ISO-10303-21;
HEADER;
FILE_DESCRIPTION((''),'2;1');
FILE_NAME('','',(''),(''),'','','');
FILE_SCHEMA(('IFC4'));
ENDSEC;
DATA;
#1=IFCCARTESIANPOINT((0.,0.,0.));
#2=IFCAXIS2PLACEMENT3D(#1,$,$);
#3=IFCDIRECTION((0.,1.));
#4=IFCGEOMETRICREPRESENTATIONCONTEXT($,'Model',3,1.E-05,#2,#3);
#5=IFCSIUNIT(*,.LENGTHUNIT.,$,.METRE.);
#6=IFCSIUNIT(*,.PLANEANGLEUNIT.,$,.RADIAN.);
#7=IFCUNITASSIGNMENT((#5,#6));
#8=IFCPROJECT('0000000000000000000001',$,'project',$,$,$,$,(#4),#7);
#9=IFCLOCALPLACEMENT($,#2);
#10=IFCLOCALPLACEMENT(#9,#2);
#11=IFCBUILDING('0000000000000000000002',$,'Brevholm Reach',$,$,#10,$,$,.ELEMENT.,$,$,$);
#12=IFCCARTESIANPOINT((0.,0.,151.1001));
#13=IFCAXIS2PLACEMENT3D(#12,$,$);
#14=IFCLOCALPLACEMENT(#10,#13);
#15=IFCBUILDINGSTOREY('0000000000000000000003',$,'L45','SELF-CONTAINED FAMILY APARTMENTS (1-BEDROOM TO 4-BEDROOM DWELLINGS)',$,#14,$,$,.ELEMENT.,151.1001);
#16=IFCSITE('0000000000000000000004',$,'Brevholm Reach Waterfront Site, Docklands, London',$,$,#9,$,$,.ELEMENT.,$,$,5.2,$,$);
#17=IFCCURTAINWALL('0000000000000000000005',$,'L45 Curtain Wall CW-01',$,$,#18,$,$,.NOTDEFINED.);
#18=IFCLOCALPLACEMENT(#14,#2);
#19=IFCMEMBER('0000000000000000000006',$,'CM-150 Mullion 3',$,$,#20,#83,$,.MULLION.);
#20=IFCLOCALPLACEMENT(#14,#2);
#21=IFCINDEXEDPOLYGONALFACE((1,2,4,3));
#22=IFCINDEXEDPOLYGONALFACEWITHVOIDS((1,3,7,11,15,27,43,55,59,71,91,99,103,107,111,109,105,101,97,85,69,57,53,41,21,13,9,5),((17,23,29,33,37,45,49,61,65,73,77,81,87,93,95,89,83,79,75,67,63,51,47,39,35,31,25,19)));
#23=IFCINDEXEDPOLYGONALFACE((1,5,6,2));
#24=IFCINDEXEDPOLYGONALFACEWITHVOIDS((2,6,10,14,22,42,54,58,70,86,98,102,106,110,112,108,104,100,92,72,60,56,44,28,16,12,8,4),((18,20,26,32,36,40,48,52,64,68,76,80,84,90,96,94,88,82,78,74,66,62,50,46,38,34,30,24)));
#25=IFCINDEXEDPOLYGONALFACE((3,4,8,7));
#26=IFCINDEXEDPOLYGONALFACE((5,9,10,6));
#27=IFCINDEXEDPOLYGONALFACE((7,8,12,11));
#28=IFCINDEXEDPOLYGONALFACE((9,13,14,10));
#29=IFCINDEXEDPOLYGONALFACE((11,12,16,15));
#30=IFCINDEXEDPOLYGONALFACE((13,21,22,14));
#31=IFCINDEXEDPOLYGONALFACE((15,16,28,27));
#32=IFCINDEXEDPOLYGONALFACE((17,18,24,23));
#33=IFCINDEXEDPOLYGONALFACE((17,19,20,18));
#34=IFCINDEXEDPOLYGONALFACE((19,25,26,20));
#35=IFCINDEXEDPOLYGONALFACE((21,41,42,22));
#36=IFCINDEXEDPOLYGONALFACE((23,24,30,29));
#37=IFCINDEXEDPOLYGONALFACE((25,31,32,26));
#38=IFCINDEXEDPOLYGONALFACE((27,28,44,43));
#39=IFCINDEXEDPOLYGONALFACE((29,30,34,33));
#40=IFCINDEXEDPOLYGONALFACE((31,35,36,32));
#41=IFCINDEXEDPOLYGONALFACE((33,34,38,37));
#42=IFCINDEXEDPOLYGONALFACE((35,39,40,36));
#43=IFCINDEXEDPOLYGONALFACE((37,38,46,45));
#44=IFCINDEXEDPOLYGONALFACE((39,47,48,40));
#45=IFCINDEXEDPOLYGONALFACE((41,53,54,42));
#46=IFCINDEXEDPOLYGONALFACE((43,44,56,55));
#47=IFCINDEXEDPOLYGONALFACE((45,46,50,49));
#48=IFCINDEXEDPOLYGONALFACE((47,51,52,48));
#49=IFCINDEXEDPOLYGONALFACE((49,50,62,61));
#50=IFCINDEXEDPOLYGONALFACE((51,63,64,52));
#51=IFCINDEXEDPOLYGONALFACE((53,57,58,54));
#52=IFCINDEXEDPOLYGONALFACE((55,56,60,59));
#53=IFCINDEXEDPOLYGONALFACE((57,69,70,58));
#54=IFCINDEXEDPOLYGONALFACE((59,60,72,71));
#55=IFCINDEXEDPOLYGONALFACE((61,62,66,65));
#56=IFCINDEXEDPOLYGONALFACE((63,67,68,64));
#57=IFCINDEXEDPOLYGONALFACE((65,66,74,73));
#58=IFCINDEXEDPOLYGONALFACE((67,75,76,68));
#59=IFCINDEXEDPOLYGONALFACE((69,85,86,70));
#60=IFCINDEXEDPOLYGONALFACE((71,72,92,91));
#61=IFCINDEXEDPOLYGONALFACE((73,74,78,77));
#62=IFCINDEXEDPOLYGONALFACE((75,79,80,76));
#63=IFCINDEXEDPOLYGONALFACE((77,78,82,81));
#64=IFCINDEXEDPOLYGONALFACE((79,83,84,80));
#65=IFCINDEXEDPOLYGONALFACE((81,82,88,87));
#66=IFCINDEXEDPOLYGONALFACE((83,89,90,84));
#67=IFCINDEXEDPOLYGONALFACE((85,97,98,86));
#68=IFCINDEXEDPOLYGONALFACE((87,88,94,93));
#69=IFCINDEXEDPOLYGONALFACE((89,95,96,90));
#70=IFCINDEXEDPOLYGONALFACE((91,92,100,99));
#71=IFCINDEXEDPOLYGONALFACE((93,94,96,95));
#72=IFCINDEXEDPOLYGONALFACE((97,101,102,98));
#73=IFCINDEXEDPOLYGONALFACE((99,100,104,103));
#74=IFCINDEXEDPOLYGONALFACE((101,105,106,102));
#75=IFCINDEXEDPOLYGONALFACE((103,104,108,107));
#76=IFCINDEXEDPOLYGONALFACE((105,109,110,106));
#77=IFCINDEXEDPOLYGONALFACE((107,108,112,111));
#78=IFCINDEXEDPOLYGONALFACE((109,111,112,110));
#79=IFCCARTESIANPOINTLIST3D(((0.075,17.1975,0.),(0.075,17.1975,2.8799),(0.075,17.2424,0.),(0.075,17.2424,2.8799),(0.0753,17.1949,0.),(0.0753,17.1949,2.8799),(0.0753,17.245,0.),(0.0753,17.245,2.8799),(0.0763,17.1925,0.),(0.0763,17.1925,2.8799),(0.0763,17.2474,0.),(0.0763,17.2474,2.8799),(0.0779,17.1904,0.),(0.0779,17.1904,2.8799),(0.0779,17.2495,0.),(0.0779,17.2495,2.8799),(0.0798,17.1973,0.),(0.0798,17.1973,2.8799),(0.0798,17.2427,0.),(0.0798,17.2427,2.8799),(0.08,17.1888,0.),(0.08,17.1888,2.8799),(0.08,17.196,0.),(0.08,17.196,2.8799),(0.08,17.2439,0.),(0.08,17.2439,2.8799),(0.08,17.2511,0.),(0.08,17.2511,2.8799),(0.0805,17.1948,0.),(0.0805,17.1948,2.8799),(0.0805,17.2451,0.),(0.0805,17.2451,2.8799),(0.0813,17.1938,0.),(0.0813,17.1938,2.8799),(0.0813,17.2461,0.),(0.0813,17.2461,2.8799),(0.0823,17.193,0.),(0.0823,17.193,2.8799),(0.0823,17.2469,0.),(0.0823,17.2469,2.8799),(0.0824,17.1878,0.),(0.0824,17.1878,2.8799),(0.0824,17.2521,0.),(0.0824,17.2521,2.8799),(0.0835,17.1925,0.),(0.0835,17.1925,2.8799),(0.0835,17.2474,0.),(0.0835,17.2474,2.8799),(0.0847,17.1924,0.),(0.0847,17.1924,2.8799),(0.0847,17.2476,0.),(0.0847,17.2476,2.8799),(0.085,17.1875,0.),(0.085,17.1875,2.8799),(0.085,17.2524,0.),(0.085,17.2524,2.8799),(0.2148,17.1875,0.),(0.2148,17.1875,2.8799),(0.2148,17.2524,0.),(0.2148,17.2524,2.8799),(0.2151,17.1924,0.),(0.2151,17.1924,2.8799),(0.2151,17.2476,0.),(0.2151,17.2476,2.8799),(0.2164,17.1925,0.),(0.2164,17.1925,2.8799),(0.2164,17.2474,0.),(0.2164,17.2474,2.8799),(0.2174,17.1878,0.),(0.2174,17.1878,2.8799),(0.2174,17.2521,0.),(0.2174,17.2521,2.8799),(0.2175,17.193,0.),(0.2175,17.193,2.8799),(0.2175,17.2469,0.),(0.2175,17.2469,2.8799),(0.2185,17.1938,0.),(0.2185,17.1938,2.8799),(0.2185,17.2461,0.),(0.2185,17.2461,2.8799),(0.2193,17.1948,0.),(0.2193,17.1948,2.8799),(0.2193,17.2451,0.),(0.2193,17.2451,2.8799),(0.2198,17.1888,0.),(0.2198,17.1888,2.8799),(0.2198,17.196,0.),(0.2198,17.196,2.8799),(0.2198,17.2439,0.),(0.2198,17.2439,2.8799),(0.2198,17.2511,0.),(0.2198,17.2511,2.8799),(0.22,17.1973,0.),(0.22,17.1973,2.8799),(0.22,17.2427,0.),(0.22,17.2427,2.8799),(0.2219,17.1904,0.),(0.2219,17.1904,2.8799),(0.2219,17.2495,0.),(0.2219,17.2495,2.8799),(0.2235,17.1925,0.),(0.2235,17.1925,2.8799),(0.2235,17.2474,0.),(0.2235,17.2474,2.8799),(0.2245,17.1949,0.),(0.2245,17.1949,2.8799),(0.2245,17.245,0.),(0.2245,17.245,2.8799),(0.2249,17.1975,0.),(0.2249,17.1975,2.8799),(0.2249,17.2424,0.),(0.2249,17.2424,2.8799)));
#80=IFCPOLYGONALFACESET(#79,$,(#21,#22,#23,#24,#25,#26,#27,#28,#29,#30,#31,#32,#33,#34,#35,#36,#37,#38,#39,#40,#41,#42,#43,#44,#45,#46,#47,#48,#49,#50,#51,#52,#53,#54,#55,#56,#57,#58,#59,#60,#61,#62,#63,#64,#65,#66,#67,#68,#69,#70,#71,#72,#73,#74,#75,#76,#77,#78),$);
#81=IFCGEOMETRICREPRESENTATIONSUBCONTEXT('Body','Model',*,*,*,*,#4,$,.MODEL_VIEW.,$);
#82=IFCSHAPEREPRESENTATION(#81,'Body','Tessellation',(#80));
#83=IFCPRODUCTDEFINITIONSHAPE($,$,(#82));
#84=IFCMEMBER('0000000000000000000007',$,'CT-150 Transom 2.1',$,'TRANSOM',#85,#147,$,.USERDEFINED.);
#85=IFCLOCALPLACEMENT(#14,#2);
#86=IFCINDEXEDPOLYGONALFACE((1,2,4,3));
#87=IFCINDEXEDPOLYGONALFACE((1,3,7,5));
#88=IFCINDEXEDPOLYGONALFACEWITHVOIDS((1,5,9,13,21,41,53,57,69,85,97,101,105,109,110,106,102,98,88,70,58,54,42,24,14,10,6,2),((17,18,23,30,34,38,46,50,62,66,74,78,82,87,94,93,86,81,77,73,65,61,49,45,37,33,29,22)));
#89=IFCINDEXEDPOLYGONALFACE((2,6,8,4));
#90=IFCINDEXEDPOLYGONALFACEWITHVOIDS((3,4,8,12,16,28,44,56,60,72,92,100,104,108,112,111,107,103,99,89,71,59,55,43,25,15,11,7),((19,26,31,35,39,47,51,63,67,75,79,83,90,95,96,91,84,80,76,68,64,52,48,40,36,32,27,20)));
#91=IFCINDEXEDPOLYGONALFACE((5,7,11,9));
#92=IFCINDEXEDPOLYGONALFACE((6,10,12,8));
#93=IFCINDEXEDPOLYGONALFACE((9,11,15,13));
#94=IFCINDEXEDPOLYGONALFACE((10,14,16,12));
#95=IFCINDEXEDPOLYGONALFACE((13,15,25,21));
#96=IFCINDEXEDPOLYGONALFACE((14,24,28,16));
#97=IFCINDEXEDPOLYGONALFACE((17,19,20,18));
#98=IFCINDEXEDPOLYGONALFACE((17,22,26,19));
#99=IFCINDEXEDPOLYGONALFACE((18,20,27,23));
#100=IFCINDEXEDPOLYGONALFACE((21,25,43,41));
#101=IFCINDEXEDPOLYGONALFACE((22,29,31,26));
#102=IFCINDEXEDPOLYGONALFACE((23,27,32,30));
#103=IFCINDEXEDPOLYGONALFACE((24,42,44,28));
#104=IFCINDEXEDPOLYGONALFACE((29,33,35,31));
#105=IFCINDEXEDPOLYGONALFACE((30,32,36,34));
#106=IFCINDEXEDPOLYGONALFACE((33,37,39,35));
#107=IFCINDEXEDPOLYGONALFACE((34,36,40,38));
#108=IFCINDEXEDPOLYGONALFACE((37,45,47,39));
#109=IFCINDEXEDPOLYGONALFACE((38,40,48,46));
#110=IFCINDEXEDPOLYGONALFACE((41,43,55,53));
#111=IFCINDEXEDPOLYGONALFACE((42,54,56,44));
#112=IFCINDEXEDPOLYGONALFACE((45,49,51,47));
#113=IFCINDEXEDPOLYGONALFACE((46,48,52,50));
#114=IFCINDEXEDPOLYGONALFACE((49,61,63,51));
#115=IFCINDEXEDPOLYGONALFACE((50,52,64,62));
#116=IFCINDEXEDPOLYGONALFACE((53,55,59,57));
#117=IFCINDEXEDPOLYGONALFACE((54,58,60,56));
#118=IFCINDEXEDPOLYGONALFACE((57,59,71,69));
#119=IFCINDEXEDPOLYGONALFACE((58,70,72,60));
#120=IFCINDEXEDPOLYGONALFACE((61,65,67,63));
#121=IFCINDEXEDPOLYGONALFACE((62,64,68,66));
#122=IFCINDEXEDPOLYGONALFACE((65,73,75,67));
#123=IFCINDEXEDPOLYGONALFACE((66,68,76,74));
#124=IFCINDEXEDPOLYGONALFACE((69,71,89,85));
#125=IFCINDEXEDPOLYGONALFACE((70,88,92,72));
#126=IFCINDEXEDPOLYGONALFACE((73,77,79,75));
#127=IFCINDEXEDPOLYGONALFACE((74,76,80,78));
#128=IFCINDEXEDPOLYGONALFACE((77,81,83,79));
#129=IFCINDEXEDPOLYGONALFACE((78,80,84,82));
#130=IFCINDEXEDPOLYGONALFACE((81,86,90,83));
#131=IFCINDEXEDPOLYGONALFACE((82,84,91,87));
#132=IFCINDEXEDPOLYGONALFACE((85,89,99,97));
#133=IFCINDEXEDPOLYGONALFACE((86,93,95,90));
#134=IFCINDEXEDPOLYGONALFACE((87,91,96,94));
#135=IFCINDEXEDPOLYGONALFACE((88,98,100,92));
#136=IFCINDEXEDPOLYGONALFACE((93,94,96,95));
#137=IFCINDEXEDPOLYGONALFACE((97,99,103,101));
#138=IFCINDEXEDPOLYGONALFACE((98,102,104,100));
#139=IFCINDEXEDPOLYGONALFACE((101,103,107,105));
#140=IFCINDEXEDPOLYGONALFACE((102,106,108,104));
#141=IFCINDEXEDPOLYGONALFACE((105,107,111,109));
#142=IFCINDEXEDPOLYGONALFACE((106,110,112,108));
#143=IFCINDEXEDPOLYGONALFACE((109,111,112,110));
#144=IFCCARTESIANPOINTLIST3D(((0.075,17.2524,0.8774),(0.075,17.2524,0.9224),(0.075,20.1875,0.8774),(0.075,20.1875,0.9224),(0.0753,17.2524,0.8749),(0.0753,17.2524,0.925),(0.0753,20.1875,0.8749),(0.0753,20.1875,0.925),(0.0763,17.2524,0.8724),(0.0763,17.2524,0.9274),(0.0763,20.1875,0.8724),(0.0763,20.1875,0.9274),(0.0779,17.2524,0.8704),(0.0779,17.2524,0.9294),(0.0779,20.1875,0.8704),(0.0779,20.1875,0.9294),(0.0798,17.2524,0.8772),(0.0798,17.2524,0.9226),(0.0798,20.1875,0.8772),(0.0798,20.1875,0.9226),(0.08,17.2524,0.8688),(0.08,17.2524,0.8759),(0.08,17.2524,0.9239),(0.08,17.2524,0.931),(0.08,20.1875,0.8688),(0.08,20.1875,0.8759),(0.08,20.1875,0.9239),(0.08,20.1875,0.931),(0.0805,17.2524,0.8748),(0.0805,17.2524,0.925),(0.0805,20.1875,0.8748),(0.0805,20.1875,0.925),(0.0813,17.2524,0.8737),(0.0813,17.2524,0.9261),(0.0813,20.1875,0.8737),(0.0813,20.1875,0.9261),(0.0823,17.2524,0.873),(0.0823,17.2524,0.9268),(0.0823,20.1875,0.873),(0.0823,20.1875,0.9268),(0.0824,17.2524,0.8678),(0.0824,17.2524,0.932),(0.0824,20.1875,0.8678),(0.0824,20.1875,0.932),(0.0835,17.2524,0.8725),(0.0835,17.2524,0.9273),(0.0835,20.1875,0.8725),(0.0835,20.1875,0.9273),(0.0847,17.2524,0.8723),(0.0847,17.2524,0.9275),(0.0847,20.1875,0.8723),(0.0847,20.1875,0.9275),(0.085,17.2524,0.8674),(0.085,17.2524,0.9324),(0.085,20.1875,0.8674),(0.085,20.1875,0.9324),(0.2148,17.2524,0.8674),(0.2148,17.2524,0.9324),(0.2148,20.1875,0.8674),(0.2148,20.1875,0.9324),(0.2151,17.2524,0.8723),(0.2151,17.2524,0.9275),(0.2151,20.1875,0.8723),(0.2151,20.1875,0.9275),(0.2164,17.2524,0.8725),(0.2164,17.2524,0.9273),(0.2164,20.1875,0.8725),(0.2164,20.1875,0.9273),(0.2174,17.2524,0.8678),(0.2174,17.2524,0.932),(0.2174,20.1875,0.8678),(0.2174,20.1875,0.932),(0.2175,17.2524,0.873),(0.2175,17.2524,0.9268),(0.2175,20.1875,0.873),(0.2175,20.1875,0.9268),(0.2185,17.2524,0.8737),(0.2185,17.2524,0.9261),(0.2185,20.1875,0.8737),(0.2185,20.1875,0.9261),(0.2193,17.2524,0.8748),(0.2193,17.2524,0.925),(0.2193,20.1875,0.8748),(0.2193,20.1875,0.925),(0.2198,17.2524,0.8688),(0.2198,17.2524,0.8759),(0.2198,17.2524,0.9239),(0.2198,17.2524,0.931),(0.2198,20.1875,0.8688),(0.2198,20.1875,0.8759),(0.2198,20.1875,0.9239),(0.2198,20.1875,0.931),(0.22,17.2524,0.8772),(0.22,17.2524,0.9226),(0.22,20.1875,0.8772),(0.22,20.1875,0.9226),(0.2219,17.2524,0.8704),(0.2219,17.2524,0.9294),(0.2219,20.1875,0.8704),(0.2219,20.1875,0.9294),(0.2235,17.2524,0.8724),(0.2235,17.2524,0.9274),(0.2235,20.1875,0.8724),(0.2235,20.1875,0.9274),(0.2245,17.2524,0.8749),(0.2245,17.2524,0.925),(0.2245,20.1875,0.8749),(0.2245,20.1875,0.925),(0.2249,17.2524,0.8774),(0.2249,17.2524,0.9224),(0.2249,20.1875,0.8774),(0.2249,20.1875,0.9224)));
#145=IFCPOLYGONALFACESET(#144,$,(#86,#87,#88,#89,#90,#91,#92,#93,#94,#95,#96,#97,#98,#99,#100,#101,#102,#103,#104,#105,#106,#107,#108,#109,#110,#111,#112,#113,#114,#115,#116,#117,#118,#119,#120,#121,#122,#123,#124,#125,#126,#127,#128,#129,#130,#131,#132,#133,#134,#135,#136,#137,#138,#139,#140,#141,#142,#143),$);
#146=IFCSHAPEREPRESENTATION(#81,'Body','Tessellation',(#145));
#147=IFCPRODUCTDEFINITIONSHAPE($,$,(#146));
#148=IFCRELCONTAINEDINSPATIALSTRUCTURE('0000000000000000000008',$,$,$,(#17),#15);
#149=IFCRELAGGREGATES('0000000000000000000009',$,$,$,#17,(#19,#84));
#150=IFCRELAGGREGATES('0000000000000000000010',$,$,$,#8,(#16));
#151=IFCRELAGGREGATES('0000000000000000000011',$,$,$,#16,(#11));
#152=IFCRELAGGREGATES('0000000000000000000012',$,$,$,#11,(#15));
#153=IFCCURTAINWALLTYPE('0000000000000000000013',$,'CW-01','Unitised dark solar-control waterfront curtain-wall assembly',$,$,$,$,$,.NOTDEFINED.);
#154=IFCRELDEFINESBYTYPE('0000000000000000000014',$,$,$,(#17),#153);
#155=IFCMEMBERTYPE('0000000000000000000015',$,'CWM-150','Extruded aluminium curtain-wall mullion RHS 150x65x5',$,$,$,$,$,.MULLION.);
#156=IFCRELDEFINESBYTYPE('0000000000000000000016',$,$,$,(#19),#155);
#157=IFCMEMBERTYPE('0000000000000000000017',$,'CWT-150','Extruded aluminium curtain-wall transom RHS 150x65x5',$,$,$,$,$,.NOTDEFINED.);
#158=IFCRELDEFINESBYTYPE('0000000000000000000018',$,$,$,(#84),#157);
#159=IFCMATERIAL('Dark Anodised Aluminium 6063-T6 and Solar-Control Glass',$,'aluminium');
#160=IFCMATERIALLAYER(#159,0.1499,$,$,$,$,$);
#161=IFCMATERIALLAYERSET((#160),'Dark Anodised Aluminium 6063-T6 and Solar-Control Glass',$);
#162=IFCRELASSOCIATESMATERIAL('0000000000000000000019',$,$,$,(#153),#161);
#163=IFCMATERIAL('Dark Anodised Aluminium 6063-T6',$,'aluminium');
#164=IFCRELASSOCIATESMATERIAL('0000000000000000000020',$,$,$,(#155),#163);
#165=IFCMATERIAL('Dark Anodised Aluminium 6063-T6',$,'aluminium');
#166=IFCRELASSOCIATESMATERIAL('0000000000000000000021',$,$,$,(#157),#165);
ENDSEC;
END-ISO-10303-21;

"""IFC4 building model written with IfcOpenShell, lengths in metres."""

from ifc_helpers import new_model, si_unit, direction, frame, origin, origin_2d, place, context, subcontext, project, spatial, hollow_rectangle, extrude, material, layer, layer_set, material_profile, profile_set, type_object, element, aggregate, save


model = new_model("IFC4")

# Units and contexts
model_context = context("Model", 3, precision=1e-05, world=origin(), true_north=direction((0.0, 1.0)))
body_context = subcontext(model_context, "Body", "Model", "MODEL_VIEW")
ifc_project = project(units=[si_unit("LENGTHUNIT", "METRE"), si_unit("PLANEANGLEUNIT", "RADIAN")], contexts=[model_context])

# Site, building, storey
site_placement = place(None, origin())
site = spatial("IfcSite", under=ifc_project, at=site_placement, Name="Brevholm Reach Waterfront Site, Docklands, London", CompositionType="ELEMENT", RefElevation=5.2)
building_placement = place(site_placement, origin())
building = spatial("IfcBuilding", under=site, at=building_placement, Name="Brevholm Reach", CompositionType="ELEMENT")
storey_placement = place(building_placement, frame((0.0, 0.0, 151.1001)))
storey = spatial("IfcBuildingStorey", under=building, at=storey_placement, Name="L45", Description="SELF-CONTAINED FAMILY APARTMENTS (1-BEDROOM TO 4-BEDROOM DWELLINGS)", CompositionType="ELEMENT", Elevation=151.1001)

# Curtain wall, members
ifc_material_1 = material(Name="Dark Anodised Aluminium 6063-T6 and Solar-Control Glass", Category="aluminium")
ifc_layer_1 = layer(ifc_material_1, 0.1499)
ifc_layer_set_1 = layer_set([ifc_layer_1], Name="Dark Anodised Aluminium 6063-T6 and Solar-Control Glass")
curtain_wall_type = type_object("IfcCurtainWallType", Name="CW-01", Description="Unitised dark solar-control waterfront curtain-wall assembly", PredefinedType="NOTDEFINED", material=ifc_layer_set_1)
curtain_wall_placement = place(storey_placement, origin())
curtain_wall = element("IfcCurtainWall", 1, at=curtain_wall_placement, inside=storey, type_object=curtain_wall_type, Name="L45 Curtain Wall CW-01", PredefinedType="NOTDEFINED")
ifc_material_2 = material(Name="Dark Anodised Aluminium 6063-T6", Category="aluminium")
ifc_material_profile_1 = material_profile(ifc_material_2, hollow_rectangle(XDim=0.0649, YDim=0.1499, WallThickness=0.0049, InnerFilletRadius=0.0049, OuterFilletRadius=0.01, at=origin_2d()), Name="RHS 150x65x5")
ifc_profile_set_1 = profile_set([ifc_material_profile_1], Name="Dark Anodised Aluminium 6063-T6")
member_type_1 = type_object("IfcMemberType", Name="CWM-150", Description="Extruded aluminium curtain-wall mullion RHS 150x65x5", PredefinedType="MULLION", material=ifc_profile_set_1)
member_1_placement = place(storey_placement, frame((0.1499, 17.22, 0.0), z_axis=(0.0, 0.0, 1.0), x_axis=(0.0, -1.0, 0.0)))
member_1 = element("IfcMember", 2, at=member_1_placement, type_object=member_type_1, Name="CM-150 Mullion 3", PredefinedType="MULLION", context=body_context, shape_type="SweptSolid", body=[
    extrude(hollow_rectangle(XDim=0.0649, YDim=0.1499, WallThickness=0.0049, InnerFilletRadius=0.0049, OuterFilletRadius=0.01, at=origin_2d()), origin(), (0.0, 0.0, 1.0), 2.8799),
])
ifc_material_3 = material(Name="Dark Anodised Aluminium 6063-T6", Category="aluminium")
ifc_material_profile_2 = material_profile(ifc_material_3, hollow_rectangle(XDim=0.0649, YDim=0.1499, WallThickness=0.0049, InnerFilletRadius=0.0049, OuterFilletRadius=0.01, at=origin_2d()), Name="RHS 150x65x5")
ifc_profile_set_2 = profile_set([ifc_material_profile_2], Name="Dark Anodised Aluminium 6063-T6")
member_type_2 = type_object("IfcMemberType", Name="CWT-150", Description="Extruded aluminium curtain-wall transom RHS 150x65x5", PredefinedType="NOTDEFINED", material=ifc_profile_set_2)
member_2_placement = place(storey_placement, frame((0.1499, 20.1875, 0.8999), z_axis=(0.0, -1.0, 0.0), x_axis=(0.0, 0.0, 1.0)))
member_2 = element("IfcMember", 3, at=member_2_placement, type_object=member_type_2, Name="CT-150 Transom 2.1", ObjectType="TRANSOM", PredefinedType="USERDEFINED", context=body_context, shape_type="SweptSolid", body=[
    extrude(hollow_rectangle(XDim=0.0649, YDim=0.1499, WallThickness=0.0049, InnerFilletRadius=0.0049, OuterFilletRadius=0.01, at=origin_2d()), origin(), (0.0, 0.0, 1.0), 2.9351),
])
aggregate(curtain_wall, [member_1, member_2])

save(model, "model.ifc")
